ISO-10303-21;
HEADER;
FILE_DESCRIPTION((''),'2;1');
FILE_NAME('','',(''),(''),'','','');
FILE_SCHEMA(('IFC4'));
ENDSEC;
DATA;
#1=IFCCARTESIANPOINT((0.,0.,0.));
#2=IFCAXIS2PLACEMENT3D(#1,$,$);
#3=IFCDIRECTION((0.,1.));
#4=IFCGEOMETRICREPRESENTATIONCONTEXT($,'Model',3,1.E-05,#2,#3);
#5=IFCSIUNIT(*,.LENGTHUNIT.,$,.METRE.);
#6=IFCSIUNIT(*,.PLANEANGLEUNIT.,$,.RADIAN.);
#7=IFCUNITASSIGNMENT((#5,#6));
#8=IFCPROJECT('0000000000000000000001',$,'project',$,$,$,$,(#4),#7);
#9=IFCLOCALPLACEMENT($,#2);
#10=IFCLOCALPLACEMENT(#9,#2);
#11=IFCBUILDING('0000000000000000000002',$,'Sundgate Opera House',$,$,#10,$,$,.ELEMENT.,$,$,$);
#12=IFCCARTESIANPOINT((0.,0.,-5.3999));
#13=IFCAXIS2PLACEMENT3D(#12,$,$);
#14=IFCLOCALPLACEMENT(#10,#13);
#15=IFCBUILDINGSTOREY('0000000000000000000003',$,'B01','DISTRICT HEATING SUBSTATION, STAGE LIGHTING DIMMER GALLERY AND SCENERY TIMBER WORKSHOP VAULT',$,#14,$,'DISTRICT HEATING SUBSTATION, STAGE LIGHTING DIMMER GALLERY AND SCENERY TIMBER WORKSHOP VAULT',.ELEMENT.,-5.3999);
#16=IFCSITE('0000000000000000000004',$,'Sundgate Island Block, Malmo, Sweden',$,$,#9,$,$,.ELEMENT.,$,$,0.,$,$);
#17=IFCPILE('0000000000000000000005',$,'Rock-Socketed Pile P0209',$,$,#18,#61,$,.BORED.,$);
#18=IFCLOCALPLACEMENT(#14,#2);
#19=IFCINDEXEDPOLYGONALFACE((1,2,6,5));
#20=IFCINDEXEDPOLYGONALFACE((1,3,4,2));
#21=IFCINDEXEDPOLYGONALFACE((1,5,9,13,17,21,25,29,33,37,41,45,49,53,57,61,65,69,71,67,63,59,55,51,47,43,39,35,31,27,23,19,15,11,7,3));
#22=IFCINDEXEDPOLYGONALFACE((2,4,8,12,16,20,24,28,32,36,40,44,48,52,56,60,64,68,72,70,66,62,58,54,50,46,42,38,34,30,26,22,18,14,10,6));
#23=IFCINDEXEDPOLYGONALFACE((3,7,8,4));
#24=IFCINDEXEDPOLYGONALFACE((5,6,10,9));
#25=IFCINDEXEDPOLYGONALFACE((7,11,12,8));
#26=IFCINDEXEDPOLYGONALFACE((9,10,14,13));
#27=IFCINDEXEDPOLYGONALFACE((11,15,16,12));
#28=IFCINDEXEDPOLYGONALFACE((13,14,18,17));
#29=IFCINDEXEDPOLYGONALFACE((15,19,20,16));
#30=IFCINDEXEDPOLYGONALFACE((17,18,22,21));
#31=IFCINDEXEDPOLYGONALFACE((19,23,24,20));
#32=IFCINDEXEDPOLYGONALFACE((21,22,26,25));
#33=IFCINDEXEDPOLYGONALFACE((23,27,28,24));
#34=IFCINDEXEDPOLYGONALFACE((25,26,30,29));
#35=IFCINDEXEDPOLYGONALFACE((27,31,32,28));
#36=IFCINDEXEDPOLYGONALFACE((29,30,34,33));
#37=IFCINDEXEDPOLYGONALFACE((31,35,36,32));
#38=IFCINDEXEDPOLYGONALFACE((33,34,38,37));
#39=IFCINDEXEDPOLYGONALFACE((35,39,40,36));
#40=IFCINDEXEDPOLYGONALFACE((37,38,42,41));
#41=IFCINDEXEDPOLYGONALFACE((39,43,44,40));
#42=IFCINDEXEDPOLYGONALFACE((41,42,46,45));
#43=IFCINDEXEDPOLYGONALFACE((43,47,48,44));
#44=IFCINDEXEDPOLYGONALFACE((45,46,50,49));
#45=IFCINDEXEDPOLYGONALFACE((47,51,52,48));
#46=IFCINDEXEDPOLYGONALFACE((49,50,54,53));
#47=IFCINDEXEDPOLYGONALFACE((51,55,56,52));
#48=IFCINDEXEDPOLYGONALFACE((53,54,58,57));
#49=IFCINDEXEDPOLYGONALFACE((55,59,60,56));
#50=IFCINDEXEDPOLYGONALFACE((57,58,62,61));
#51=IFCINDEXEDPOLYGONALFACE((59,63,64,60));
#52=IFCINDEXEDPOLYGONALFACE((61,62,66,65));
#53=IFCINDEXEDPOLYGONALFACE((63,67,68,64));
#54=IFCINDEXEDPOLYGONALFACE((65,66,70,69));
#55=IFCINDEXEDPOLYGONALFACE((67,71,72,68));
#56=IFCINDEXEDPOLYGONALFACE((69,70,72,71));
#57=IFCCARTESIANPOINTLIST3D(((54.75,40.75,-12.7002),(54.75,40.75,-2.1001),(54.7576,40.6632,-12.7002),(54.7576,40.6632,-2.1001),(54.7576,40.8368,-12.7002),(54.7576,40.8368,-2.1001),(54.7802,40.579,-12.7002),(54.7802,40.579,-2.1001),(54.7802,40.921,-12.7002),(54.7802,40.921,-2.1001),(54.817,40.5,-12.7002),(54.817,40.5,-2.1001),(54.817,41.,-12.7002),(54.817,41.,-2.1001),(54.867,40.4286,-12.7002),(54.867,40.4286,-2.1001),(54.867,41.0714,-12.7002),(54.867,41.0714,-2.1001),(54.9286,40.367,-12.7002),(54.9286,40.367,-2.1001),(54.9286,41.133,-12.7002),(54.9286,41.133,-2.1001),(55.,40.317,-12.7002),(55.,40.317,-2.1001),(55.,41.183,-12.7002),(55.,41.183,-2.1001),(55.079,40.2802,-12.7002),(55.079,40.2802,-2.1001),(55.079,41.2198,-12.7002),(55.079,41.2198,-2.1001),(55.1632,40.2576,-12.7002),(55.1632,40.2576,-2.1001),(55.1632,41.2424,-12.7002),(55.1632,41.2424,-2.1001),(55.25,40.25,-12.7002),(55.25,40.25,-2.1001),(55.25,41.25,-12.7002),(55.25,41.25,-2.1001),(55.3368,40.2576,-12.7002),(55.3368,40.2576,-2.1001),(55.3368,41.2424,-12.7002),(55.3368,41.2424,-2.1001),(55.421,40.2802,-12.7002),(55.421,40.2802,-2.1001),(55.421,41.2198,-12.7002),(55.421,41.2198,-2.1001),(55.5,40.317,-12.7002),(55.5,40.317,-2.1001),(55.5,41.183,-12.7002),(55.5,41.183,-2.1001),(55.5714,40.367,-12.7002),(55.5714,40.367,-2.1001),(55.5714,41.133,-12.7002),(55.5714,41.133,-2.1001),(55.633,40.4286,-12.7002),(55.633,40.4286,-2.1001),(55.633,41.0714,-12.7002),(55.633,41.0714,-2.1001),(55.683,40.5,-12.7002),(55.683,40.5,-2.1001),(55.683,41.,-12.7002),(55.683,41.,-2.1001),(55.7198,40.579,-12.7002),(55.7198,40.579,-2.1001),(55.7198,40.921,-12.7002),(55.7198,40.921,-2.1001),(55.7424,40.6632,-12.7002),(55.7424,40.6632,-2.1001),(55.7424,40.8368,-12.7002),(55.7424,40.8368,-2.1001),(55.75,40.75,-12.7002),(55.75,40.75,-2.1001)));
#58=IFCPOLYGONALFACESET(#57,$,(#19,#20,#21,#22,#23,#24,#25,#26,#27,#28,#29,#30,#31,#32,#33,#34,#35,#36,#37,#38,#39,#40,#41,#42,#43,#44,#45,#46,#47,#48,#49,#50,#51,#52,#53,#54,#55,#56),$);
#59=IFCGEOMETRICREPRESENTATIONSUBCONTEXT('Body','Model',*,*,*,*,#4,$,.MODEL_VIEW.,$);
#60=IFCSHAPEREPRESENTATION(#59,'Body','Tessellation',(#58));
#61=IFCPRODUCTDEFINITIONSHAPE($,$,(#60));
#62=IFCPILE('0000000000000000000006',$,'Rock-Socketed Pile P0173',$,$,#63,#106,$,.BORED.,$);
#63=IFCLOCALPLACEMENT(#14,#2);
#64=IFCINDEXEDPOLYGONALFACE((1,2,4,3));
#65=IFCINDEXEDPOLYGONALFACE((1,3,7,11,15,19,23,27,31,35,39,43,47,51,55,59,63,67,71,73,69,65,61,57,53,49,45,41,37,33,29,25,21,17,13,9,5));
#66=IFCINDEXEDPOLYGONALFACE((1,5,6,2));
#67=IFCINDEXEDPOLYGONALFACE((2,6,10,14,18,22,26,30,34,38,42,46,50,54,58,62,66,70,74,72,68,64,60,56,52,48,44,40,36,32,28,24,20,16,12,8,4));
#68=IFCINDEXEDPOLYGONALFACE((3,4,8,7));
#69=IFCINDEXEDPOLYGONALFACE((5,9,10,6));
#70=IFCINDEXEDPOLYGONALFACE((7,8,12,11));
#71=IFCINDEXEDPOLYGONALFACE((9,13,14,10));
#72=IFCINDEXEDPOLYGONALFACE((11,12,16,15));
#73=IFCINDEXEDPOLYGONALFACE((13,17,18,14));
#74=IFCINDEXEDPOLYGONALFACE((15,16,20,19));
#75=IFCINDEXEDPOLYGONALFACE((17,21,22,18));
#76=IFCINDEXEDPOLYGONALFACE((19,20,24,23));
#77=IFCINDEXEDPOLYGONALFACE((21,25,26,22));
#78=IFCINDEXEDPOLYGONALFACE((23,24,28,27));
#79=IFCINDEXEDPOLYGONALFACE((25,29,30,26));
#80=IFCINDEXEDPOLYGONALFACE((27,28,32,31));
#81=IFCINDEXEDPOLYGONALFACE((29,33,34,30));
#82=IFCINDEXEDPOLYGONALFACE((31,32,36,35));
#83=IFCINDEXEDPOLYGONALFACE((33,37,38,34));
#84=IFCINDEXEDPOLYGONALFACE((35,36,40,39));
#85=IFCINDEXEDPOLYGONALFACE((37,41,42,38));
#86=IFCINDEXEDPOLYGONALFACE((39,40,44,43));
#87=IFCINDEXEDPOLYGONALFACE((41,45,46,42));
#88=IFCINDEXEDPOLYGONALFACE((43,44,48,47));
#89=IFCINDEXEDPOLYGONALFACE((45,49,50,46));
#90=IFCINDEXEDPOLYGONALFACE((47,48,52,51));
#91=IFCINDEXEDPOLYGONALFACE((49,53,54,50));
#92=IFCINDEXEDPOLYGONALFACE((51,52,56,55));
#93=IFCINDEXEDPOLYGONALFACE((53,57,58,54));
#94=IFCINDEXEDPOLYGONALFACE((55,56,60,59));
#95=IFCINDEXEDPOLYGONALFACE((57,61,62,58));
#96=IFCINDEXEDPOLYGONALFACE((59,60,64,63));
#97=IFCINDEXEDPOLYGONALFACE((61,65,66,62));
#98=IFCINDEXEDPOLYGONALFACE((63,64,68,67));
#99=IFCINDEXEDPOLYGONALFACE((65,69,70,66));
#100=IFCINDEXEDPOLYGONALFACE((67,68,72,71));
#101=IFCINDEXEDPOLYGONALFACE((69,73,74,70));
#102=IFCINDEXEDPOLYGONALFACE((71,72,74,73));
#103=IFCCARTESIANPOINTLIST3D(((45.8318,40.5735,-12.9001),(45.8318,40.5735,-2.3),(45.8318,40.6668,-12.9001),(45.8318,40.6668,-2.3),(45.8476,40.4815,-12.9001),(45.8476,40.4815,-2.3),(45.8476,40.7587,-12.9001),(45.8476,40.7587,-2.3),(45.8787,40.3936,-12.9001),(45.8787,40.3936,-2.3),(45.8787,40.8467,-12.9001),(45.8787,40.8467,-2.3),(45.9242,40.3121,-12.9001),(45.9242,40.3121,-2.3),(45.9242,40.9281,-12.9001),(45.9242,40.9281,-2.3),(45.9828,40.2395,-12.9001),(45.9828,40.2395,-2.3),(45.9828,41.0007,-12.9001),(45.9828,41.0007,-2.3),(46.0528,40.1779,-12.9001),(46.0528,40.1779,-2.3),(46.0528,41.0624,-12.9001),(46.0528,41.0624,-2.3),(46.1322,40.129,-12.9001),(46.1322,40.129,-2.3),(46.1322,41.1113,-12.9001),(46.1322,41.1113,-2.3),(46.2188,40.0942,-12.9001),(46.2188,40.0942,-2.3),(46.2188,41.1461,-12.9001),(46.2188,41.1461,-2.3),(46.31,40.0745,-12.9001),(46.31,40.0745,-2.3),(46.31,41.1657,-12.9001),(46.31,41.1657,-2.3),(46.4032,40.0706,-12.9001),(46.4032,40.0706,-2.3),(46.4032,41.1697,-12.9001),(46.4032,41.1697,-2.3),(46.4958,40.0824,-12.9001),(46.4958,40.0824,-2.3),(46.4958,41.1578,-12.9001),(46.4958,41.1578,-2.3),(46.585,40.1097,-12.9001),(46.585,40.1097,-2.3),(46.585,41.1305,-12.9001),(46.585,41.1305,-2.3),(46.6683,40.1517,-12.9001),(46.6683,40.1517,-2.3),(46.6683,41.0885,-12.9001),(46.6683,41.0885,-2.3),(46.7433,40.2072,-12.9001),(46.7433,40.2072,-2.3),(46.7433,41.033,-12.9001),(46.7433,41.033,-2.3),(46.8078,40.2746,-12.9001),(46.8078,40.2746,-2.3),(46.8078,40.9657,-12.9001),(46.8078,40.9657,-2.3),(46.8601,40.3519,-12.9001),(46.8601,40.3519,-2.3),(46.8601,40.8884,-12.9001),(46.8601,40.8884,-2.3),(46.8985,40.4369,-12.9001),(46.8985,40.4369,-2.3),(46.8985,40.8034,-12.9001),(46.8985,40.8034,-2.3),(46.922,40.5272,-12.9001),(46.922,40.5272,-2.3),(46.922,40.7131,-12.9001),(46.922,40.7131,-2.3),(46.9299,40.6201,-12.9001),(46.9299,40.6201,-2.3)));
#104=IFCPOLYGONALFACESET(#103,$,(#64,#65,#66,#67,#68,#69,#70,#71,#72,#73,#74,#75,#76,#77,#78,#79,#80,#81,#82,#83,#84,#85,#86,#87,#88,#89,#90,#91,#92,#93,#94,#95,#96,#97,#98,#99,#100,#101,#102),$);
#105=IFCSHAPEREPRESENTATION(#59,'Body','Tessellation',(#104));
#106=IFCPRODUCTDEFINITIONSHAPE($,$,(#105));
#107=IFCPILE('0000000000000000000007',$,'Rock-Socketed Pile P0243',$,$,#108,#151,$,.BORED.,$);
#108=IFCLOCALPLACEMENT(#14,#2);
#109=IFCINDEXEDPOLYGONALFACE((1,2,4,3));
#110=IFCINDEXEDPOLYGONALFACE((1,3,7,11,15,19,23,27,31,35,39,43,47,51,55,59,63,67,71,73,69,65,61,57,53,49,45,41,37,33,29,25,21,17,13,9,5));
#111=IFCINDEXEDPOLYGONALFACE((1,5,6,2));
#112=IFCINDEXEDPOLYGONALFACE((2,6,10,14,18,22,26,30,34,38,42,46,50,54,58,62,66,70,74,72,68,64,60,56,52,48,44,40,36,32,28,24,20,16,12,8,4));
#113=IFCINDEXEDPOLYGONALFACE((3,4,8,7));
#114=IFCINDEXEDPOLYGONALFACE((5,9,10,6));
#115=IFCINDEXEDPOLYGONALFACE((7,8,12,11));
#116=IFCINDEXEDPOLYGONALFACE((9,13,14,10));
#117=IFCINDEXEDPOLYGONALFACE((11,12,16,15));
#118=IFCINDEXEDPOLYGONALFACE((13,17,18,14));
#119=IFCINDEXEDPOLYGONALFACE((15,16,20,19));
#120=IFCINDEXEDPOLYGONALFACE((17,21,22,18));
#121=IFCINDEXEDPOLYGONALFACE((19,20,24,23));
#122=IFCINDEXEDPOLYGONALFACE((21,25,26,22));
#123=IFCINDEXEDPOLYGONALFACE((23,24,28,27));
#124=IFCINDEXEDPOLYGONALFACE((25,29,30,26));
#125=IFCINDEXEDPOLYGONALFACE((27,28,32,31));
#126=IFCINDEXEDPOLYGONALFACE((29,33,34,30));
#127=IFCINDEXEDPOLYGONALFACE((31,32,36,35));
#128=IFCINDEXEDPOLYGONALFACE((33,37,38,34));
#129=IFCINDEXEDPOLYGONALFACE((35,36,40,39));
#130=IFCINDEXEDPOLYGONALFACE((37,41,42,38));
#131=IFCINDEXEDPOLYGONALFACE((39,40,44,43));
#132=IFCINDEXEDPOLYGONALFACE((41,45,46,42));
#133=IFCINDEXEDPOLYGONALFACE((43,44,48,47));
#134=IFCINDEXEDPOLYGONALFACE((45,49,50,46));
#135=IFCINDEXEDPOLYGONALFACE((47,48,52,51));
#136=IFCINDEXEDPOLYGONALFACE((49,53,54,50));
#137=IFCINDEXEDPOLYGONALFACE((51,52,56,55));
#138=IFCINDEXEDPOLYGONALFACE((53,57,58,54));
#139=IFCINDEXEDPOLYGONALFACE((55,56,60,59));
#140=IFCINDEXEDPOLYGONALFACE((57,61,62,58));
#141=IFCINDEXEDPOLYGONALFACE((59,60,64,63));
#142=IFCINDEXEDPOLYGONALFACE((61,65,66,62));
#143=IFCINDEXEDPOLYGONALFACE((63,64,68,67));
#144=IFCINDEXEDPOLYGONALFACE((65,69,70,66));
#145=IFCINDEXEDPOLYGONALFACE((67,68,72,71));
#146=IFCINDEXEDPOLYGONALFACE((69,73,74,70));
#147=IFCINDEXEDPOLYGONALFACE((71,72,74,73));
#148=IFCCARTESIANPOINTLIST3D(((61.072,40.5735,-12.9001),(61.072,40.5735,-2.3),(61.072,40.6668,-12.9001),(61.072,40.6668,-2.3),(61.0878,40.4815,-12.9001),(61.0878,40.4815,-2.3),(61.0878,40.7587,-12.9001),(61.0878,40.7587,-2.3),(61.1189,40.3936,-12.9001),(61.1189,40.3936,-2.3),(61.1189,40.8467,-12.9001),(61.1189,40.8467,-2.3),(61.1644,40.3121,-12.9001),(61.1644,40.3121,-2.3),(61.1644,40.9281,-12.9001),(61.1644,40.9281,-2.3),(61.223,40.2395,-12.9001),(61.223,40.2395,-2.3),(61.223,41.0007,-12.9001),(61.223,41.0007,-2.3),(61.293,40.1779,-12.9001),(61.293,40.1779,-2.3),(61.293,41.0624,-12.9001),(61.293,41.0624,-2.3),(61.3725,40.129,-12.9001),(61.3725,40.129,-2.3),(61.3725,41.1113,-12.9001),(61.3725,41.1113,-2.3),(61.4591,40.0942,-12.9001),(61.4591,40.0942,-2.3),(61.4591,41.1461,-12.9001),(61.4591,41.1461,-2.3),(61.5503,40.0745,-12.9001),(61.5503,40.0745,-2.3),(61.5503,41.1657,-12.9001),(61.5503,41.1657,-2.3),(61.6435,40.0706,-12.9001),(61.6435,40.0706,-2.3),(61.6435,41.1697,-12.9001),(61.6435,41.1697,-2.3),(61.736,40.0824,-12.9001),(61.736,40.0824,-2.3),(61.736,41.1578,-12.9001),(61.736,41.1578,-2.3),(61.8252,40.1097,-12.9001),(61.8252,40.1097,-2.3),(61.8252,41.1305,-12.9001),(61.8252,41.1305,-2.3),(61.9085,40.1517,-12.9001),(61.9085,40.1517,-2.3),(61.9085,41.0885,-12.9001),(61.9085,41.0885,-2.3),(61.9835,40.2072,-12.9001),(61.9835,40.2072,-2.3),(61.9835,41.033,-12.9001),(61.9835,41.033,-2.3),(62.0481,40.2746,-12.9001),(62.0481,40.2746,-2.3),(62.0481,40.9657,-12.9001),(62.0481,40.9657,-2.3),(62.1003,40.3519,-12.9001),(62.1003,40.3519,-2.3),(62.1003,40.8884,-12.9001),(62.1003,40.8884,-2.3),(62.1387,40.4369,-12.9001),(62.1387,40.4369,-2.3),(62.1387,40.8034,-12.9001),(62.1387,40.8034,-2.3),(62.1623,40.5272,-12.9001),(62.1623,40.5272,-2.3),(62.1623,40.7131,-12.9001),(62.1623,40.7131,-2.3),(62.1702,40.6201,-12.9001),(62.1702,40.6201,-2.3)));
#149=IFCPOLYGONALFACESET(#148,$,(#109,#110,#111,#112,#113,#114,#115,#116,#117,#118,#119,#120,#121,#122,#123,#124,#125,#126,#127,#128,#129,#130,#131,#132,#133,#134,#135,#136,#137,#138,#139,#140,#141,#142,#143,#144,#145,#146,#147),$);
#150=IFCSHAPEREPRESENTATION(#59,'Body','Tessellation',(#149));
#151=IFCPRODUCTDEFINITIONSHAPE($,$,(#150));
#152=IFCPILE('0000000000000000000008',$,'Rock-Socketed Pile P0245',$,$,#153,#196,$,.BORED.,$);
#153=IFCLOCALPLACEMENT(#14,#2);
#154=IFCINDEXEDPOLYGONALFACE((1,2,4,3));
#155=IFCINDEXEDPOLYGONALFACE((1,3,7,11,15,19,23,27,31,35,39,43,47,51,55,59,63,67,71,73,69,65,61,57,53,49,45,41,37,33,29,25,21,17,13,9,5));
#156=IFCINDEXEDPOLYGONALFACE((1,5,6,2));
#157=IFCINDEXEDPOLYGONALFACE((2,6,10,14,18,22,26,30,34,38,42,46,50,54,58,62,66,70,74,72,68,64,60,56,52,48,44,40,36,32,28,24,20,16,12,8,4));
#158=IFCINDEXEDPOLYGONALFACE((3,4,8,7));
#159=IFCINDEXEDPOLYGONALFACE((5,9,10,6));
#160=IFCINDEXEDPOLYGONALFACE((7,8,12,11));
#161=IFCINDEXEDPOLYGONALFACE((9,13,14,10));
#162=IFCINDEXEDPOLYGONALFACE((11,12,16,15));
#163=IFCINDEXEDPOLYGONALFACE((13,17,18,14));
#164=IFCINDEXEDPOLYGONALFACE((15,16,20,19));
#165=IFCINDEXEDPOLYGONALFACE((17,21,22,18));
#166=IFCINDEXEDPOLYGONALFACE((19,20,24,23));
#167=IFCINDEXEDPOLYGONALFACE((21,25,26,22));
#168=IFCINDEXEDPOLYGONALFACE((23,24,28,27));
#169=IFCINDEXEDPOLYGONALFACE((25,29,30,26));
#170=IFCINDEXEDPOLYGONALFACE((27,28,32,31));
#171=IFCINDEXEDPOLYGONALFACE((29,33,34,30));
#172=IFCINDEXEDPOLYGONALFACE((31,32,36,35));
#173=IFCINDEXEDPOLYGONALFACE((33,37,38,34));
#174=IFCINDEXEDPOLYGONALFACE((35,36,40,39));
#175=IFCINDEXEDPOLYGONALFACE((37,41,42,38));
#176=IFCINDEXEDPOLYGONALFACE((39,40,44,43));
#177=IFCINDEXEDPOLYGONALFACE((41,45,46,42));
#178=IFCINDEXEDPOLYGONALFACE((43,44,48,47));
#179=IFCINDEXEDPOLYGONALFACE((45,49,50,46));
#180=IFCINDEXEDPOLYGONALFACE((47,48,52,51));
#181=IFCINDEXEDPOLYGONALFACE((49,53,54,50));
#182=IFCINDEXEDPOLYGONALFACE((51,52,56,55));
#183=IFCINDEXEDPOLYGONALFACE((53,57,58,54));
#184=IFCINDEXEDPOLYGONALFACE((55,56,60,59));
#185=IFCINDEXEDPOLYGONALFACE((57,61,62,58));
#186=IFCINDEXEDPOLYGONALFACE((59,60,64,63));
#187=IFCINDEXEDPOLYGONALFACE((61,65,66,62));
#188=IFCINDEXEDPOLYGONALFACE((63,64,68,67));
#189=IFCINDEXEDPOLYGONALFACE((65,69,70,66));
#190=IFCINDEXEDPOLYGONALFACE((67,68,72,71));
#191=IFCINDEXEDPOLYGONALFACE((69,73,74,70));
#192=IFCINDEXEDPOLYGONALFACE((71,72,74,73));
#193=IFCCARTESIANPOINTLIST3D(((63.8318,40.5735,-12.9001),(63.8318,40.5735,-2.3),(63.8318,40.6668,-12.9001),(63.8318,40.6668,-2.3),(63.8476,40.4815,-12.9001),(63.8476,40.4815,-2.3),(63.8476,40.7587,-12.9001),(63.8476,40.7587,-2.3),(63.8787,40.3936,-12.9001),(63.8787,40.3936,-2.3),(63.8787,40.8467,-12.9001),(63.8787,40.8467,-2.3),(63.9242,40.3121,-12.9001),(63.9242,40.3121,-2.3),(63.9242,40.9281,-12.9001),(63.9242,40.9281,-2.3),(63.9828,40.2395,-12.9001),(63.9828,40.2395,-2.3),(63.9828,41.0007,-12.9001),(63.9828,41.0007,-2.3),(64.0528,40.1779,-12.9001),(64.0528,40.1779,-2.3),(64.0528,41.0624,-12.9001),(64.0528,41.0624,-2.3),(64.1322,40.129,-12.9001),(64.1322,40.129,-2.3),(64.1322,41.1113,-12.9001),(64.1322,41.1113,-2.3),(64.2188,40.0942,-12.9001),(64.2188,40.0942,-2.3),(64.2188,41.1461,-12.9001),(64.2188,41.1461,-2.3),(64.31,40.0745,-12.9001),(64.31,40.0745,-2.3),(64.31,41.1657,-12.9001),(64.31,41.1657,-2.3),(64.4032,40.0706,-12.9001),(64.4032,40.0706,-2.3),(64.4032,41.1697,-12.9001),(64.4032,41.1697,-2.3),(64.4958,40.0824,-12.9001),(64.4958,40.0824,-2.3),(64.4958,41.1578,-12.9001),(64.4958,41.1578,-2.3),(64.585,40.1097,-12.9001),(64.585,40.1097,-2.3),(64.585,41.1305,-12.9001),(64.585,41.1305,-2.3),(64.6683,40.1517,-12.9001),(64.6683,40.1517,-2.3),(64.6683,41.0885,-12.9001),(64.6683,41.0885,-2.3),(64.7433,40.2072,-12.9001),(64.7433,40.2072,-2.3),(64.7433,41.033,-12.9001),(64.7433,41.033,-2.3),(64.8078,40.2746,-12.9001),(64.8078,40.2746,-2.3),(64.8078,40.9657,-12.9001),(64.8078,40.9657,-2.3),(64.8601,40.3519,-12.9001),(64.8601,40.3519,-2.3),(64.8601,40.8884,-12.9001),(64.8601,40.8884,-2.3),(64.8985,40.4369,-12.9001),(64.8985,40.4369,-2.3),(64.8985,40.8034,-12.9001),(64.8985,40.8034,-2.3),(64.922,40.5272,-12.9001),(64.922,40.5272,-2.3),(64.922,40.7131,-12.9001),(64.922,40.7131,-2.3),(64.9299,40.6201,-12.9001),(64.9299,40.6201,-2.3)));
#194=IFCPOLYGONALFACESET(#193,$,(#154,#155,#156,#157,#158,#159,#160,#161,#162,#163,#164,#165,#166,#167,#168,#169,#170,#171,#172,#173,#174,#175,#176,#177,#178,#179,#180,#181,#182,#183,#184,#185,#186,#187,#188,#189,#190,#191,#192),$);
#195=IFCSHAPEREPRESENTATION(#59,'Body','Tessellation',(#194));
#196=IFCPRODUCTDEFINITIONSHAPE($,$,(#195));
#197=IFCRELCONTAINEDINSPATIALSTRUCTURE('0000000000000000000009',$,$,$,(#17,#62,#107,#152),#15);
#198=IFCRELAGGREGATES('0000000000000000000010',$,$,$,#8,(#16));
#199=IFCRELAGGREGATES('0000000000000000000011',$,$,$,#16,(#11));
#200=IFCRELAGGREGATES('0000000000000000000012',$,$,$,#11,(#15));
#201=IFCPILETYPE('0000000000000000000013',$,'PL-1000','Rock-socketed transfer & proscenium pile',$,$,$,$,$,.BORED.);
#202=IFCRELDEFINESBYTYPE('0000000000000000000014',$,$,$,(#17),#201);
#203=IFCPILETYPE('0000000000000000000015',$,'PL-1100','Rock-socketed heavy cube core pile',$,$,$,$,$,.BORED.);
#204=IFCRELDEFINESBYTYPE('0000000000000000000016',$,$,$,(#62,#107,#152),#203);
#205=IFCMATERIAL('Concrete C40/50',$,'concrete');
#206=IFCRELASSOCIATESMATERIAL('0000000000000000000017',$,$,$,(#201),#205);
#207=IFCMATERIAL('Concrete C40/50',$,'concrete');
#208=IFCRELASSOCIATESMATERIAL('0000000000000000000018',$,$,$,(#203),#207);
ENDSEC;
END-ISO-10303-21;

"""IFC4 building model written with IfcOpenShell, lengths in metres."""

from ifc_helpers import new_model, si_unit, direction, frame, origin, origin_2d, place, context, subcontext, project, spatial, circle, extrude, material, material_profile, profile_set, type_object, element, save


model = new_model("IFC4")

# Units and contexts
model_context = context("Model", 3, precision=1e-05, world=origin(), true_north=direction((0.0, 1.0)))
body_context = subcontext(model_context, "Body", "Model", "MODEL_VIEW")
ifc_project = project(units=[si_unit("LENGTHUNIT", "METRE"), si_unit("PLANEANGLEUNIT", "RADIAN")], contexts=[model_context])

# Site, building, storey
site_placement = place(None, origin())
site = spatial("IfcSite", under=ifc_project, at=site_placement, Name="Sundgate Island Block, Malmo, Sweden", CompositionType="ELEMENT", RefElevation=0.0)
building_placement = place(site_placement, origin())
building = spatial("IfcBuilding", under=site, at=building_placement, Name="Sundgate Opera House", CompositionType="ELEMENT")
storey_placement = place(building_placement, frame((0.0, 0.0, -5.3999)))
storey = spatial("IfcBuildingStorey", under=building, at=storey_placement, Name="B01", Description="DISTRICT HEATING SUBSTATION, STAGE LIGHTING DIMMER GALLERY AND SCENERY TIMBER WORKSHOP VAULT", LongName="DISTRICT HEATING SUBSTATION, STAGE LIGHTING DIMMER GALLERY AND SCENERY TIMBER WORKSHOP VAULT", CompositionType="ELEMENT", Elevation=-5.3999)

# Piles
ifc_material_1 = material(Name="Concrete C40/50", Category="concrete")
ifc_material_profile_1 = material_profile(ifc_material_1, circle(Radius=0.5, at=origin_2d()), Name="PILE D1000")
ifc_profile_set_1 = profile_set([ifc_material_profile_1], Name="Concrete C40/50")
pile_type_1 = type_object("IfcPileType", Name="PL-1000", Description="Rock-socketed transfer & proscenium pile", PredefinedType="BORED", material=ifc_profile_set_1)
for number, where, z_axis, x_axis, name in (
    (1, (55.25, 40.75, -2.1001), (0.0, 0.0, -1.0), (1.0, 0.0, 0.0), "Rock-Socketed Pile P0209"),
):
    element("IfcPile", number, at=place(storey_placement, frame(where, z_axis=z_axis, x_axis=x_axis)), inside=storey, type_object=pile_type_1, Name=name, PredefinedType="BORED", context=body_context, shape_type="SweptSolid", body=[
        extrude(circle(Radius=0.5, at=origin_2d()), origin(), (0.0, 0.0, 1.0), 10.6001),
    ])
ifc_material_2 = material(Name="Concrete C40/50", Category="concrete")
ifc_material_profile_2 = material_profile(ifc_material_2, circle(Radius=0.55, at=origin_2d()), Name="PILE D1100")
ifc_profile_set_2 = profile_set([ifc_material_profile_2], Name="Concrete C40/50")
pile_type_2 = type_object("IfcPileType", Name="PL-1100", Description="Rock-socketed heavy cube core pile", PredefinedType="BORED", material=ifc_profile_set_2)
for number, where, z_axis, x_axis, name in (
    (2, (46.3799, 40.6201, -2.3), (0.0, 0.0, -1.0), (1.0, 0.0, 0.0), "Rock-Socketed Pile P0173"),
    (3, (61.6201, 40.6201, -2.3), (0.0, 0.0, -1.0), (1.0, 0.0, 0.0), "Rock-Socketed Pile P0243"),
    (4, (64.3799, 40.6201, -2.3), (0.0, 0.0, -1.0), (1.0, 0.0, 0.0), "Rock-Socketed Pile P0245"),
):
    element("IfcPile", number, at=place(storey_placement, frame(where, z_axis=z_axis, x_axis=x_axis)), inside=storey, type_object=pile_type_2, Name=name, PredefinedType="BORED", context=body_context, shape_type="SweptSolid", body=[
        extrude(circle(Radius=0.55, at=origin_2d()), origin(), (0.0, 0.0, 1.0), 10.6001),
    ])

save(model, "model.ifc")
